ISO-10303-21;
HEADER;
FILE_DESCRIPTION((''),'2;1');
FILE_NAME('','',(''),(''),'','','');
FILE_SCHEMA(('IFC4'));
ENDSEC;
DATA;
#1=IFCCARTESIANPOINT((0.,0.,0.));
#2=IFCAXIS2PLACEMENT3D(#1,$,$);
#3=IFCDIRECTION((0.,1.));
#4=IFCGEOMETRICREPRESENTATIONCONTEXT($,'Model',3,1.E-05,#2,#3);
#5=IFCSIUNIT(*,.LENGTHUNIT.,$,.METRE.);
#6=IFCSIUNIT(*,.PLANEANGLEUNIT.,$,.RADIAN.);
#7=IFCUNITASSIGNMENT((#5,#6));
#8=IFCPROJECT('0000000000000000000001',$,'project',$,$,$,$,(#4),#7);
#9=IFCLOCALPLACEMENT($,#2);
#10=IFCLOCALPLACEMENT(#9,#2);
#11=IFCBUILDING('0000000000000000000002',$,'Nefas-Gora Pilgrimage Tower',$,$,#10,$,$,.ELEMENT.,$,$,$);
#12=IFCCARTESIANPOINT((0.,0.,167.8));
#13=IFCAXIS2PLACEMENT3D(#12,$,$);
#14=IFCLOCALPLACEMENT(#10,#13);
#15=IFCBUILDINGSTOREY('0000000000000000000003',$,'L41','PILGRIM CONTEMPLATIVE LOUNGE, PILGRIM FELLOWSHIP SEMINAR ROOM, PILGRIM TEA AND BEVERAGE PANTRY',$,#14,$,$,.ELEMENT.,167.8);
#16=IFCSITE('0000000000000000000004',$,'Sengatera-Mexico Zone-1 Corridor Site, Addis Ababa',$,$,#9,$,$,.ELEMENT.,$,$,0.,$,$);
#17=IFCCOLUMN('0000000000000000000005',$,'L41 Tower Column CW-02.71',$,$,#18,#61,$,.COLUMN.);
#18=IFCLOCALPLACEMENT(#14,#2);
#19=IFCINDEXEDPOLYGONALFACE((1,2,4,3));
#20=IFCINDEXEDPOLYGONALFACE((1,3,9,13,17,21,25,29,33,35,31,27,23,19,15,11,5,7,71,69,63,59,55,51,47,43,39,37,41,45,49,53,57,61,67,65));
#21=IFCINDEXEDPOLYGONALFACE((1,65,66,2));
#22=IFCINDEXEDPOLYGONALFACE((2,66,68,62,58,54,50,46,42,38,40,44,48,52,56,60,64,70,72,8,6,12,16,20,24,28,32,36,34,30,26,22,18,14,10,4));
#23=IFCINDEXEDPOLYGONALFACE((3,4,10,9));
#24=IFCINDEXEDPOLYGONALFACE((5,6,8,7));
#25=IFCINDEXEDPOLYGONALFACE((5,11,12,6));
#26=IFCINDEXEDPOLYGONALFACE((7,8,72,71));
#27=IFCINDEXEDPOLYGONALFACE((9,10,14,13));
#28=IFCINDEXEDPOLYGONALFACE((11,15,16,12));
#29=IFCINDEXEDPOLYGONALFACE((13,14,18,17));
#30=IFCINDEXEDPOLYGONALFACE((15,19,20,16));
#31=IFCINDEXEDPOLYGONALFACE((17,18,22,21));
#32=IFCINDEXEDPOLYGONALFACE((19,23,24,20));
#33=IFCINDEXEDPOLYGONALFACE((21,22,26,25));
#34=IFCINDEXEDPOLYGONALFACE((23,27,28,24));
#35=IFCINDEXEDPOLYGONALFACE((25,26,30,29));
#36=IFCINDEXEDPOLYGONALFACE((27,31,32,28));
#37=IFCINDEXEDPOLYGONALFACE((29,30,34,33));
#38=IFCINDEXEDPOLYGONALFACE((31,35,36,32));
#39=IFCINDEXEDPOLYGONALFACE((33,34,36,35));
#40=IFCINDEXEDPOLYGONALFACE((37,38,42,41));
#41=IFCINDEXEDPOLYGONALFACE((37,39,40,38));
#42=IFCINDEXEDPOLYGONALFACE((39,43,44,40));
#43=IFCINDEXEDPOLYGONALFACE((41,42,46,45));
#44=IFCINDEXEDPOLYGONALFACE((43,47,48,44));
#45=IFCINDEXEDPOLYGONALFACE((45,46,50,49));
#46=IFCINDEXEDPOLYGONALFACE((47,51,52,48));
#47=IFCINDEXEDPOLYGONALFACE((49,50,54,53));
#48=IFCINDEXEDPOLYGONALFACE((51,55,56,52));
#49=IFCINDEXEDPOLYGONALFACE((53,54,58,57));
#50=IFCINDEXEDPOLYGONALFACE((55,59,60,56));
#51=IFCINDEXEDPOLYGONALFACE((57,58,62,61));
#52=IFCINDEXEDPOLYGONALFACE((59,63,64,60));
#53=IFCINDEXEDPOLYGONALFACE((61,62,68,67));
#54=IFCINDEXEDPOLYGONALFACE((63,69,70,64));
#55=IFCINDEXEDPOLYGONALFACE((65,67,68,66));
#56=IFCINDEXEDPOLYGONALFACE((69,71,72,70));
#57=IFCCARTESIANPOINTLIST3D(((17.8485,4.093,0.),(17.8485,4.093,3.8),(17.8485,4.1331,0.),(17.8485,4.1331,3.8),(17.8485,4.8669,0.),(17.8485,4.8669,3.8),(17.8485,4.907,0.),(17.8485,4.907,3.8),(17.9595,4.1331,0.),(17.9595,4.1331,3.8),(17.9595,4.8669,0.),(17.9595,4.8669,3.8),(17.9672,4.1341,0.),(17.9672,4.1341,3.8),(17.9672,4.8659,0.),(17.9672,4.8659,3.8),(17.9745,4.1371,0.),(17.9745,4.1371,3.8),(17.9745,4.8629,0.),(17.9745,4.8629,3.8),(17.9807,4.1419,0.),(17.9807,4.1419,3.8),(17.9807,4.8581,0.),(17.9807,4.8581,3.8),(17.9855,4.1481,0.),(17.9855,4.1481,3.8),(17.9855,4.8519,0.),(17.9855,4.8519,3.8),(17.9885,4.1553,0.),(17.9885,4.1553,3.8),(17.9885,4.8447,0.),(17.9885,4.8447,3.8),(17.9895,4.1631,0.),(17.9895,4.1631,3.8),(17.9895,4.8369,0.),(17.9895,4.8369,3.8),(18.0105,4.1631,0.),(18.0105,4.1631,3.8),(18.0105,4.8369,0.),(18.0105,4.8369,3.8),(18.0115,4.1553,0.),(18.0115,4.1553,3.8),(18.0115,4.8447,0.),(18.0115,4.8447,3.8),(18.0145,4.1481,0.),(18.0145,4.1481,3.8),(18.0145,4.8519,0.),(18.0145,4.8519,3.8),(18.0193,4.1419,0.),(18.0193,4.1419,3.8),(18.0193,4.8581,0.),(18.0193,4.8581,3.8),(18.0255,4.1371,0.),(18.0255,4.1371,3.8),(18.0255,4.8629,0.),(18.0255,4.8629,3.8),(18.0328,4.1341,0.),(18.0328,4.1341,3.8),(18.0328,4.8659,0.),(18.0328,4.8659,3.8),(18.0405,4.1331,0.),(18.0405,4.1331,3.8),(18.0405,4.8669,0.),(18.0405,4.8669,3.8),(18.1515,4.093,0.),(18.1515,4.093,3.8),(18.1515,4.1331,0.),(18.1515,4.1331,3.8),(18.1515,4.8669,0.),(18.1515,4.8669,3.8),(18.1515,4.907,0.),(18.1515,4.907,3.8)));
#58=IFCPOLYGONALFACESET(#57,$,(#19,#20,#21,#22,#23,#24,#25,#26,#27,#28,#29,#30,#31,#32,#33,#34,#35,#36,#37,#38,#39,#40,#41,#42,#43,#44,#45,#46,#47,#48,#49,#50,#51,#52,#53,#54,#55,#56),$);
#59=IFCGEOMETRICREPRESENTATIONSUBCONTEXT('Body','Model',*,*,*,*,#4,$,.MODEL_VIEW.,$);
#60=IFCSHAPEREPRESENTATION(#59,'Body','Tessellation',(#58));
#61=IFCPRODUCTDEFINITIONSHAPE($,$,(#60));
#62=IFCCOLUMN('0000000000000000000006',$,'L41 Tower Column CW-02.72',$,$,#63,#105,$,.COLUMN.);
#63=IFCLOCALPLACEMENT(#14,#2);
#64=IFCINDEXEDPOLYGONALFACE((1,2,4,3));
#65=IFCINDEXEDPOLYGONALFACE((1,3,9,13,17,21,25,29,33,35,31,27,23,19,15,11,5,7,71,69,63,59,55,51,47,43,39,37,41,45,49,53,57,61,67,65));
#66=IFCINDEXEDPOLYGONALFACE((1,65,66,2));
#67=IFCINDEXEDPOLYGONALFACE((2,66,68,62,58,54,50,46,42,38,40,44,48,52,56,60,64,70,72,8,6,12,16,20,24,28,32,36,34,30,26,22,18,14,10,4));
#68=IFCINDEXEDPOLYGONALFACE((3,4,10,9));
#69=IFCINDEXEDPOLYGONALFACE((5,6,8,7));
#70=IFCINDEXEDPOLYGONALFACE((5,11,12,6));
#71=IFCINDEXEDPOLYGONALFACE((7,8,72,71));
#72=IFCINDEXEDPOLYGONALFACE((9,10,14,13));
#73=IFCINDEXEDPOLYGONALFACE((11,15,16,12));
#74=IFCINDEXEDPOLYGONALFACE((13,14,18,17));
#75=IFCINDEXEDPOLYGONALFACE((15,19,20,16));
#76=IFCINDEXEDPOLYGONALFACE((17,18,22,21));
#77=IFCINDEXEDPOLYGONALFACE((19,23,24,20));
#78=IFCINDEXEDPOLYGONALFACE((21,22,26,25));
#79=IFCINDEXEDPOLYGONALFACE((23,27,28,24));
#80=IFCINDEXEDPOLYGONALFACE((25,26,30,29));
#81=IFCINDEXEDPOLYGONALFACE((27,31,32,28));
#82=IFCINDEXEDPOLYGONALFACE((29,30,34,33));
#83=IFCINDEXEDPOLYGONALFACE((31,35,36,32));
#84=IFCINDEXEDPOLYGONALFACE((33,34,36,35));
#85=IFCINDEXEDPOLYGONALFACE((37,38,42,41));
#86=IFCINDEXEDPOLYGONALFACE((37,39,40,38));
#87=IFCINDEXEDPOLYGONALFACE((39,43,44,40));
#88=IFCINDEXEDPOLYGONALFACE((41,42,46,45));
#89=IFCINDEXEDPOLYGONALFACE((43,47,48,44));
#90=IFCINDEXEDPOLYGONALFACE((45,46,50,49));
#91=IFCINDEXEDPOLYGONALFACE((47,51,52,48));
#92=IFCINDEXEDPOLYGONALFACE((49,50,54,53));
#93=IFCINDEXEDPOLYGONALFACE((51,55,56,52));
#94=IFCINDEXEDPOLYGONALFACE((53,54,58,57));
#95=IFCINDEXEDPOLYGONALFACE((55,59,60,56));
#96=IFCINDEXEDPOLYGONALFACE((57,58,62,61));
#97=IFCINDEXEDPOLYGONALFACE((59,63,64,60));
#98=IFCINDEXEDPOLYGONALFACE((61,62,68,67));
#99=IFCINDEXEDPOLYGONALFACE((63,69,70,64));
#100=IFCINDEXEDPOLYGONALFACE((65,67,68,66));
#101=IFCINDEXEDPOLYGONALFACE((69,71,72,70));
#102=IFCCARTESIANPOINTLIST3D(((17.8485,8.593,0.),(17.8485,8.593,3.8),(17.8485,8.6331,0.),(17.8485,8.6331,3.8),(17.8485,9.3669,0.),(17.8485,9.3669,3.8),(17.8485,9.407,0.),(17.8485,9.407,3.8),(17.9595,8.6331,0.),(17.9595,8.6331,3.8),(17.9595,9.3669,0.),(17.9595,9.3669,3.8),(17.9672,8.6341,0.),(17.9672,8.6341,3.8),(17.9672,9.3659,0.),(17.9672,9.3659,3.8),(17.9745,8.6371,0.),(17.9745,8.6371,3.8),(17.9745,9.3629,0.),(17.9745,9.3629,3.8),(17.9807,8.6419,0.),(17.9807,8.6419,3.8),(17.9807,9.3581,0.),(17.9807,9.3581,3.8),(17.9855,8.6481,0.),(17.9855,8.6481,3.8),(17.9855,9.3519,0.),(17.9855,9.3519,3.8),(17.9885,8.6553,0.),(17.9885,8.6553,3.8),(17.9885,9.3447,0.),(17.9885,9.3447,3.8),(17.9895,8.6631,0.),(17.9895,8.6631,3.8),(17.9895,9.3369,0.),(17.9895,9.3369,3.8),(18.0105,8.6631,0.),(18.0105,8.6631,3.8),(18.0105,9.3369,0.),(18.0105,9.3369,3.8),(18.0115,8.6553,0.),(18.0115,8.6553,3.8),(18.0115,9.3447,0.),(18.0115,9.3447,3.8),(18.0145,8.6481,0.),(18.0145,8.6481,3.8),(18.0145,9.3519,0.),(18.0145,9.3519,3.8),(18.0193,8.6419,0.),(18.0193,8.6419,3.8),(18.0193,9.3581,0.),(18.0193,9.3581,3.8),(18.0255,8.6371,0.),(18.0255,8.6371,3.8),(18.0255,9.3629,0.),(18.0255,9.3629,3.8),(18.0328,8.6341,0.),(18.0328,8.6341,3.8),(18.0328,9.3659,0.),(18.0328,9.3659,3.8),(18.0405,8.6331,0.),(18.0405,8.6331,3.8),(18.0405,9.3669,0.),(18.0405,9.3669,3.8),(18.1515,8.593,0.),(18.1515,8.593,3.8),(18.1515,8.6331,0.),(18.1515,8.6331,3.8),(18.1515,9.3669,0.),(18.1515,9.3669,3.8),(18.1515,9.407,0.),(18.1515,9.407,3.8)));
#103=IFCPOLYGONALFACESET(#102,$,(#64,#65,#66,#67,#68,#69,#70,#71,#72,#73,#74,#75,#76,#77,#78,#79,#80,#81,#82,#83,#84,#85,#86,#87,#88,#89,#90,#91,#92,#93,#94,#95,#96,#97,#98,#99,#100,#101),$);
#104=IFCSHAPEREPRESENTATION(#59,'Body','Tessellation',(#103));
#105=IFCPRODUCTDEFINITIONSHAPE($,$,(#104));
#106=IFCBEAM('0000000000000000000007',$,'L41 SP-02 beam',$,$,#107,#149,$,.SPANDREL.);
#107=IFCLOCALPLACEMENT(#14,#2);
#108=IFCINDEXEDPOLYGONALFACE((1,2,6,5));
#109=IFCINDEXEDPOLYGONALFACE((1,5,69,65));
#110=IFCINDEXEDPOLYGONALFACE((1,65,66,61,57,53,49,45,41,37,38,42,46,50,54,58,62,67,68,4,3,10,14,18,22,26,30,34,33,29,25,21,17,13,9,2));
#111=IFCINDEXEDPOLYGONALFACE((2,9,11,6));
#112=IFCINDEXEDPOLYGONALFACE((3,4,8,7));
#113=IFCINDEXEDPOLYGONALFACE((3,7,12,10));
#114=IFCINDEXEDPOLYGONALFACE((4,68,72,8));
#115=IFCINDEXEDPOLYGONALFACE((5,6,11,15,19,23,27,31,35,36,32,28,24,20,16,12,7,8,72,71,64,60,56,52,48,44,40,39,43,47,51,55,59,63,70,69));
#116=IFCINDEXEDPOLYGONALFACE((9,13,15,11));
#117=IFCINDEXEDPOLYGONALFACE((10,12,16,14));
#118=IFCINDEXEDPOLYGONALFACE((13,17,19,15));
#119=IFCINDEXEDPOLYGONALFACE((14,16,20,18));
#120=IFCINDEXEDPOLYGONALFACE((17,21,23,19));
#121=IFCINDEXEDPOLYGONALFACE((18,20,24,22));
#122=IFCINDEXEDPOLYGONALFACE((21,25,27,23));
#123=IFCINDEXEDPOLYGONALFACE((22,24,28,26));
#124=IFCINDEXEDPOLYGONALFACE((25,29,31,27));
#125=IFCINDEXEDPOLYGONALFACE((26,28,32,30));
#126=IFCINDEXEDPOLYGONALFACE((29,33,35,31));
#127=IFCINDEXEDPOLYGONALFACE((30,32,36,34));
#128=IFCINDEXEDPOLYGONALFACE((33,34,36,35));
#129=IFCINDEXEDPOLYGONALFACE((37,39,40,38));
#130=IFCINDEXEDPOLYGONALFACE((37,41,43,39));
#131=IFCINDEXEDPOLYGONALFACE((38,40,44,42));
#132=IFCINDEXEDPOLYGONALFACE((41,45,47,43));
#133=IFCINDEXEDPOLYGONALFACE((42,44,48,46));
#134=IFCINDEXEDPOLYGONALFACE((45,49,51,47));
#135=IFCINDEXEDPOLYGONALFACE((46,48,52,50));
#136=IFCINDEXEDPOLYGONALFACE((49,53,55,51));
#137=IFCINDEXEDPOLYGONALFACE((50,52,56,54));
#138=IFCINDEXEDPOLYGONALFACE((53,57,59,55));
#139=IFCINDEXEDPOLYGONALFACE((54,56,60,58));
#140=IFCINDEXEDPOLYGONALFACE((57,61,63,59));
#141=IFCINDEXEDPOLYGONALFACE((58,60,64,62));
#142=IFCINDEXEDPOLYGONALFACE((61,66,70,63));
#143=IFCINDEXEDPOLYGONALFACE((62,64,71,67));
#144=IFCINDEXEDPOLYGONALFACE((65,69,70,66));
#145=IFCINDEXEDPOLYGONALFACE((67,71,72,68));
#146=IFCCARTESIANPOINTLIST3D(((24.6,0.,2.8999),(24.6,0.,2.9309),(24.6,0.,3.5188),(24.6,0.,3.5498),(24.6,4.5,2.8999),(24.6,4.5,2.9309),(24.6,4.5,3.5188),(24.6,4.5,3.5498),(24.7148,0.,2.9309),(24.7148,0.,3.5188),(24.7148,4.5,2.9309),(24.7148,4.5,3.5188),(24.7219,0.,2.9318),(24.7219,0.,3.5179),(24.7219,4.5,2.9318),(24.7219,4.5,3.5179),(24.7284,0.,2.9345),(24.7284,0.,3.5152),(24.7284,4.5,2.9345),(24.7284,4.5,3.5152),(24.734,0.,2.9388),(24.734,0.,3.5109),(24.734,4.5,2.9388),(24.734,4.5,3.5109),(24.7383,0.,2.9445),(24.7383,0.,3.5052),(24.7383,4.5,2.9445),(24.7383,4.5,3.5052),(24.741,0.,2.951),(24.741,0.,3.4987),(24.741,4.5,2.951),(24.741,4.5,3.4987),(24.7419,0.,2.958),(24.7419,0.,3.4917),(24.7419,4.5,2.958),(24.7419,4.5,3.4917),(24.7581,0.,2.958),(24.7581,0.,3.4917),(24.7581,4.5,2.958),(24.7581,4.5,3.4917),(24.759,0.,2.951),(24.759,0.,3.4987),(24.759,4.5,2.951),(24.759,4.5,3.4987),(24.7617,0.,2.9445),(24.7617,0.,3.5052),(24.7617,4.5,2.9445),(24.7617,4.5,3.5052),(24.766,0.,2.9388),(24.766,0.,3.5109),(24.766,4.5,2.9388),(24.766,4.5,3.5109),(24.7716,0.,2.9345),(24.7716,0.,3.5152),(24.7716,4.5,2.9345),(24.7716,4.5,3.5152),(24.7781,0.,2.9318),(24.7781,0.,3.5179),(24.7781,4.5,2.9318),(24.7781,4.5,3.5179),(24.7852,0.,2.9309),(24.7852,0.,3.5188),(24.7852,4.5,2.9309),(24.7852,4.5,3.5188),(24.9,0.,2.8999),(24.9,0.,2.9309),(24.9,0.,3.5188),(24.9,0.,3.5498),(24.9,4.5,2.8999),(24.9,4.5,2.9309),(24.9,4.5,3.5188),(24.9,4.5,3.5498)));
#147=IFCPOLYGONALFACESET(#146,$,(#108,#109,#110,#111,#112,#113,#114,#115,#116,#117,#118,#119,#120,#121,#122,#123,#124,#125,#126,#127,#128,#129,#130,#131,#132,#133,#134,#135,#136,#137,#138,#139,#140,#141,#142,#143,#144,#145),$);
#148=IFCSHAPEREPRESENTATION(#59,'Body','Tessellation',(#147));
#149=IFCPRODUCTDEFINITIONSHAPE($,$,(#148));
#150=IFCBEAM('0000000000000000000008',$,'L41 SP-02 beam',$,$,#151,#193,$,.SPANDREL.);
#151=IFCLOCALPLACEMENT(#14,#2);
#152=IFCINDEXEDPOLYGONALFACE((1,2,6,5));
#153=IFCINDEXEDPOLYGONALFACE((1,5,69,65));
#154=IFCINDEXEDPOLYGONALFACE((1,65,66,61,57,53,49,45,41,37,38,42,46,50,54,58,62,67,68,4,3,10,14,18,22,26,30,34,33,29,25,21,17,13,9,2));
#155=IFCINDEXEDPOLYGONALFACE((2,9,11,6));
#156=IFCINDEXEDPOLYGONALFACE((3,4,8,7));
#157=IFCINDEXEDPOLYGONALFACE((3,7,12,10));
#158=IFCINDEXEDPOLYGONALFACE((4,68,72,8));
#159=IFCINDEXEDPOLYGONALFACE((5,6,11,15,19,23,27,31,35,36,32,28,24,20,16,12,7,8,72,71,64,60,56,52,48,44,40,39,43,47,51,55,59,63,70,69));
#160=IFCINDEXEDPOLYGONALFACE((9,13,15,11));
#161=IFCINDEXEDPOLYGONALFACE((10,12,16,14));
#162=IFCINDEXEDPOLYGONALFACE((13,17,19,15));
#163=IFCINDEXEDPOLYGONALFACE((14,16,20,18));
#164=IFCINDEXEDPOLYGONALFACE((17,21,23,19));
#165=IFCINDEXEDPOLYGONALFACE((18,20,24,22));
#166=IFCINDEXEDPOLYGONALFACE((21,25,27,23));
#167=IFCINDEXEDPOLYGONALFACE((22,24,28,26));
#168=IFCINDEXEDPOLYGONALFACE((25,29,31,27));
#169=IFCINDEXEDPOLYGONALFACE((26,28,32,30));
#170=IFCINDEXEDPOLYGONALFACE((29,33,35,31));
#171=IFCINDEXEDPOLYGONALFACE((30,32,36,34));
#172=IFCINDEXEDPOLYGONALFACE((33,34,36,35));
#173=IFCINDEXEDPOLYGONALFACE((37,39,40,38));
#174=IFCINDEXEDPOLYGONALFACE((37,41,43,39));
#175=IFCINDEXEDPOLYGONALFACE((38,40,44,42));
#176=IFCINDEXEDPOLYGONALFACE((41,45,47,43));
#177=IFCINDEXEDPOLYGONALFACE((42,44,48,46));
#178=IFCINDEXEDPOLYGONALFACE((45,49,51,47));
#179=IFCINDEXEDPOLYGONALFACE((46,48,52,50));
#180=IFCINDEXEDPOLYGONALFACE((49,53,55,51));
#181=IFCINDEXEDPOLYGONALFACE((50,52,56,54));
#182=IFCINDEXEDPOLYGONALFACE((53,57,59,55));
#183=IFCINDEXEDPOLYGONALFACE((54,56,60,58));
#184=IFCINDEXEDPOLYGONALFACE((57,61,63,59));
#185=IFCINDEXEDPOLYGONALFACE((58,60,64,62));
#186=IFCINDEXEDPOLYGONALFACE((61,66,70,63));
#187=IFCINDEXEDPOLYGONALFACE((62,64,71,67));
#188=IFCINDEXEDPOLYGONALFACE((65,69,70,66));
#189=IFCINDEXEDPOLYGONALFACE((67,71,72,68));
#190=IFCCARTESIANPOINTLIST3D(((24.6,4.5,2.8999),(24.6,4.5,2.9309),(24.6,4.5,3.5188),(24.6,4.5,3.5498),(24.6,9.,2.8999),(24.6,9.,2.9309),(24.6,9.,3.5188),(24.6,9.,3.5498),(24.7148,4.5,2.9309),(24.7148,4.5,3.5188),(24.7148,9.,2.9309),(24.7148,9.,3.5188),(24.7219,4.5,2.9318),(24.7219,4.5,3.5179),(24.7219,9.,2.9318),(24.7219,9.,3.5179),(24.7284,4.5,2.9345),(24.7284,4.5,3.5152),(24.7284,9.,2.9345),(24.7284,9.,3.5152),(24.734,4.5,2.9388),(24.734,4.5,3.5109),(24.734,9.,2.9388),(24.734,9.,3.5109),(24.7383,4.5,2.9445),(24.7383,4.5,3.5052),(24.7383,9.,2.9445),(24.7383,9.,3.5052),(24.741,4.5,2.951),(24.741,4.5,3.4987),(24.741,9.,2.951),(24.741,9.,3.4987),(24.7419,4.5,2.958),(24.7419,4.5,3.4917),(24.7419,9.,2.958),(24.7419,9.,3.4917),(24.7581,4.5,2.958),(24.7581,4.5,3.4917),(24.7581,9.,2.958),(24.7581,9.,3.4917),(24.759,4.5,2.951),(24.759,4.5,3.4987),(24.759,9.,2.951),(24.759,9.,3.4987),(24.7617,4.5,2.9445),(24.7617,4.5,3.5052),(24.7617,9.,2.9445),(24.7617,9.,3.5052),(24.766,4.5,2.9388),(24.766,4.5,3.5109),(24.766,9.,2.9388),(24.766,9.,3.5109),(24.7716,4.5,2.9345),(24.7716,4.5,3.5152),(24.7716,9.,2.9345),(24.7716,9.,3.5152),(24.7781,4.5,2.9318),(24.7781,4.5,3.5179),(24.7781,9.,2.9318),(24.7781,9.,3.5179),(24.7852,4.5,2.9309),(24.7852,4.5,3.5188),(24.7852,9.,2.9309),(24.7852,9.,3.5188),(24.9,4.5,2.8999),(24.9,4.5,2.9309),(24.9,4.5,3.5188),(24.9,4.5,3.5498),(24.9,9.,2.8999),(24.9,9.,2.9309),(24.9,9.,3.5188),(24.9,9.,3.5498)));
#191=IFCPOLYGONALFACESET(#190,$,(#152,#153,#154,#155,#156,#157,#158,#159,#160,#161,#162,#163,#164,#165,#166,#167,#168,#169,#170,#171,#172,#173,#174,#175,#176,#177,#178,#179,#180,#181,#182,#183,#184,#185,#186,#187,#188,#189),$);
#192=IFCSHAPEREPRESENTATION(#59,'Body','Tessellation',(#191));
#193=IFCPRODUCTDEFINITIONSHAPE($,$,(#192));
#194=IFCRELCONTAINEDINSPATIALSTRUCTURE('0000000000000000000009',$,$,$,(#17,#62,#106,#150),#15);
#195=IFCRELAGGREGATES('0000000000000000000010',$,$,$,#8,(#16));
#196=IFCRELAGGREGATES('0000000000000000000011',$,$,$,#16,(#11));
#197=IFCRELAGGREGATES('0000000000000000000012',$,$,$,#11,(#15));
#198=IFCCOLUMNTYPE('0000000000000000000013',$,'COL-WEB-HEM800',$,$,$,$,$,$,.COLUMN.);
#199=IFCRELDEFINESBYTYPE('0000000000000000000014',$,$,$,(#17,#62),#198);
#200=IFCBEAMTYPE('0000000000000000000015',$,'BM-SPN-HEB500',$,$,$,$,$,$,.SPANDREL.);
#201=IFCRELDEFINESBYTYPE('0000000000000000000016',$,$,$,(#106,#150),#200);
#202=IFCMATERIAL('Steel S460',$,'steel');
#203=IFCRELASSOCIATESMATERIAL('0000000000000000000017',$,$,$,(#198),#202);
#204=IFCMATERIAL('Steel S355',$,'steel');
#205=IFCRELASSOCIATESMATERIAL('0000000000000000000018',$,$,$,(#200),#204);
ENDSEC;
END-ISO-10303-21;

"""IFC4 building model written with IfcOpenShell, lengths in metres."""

from ifc_helpers import new_model, si_unit, direction, frame, origin, origin_2d, place, context, subcontext, project, spatial, i_section, extrude, source, transform, mapped, material, material_profile, profile_set, type_object, element, save


model = new_model("IFC4")

# Units and contexts
model_context = context("Model", 3, precision=1e-05, world=origin(), true_north=direction((0.0, 1.0)))
body_context = subcontext(model_context, "Body", "Model", "MODEL_VIEW")
ifc_project = project(units=[si_unit("LENGTHUNIT", "METRE"), si_unit("PLANEANGLEUNIT", "RADIAN")], contexts=[model_context])

# Site, building, storey
site_placement = place(None, origin())
site = spatial("IfcSite", under=ifc_project, at=site_placement, Name="Sengatera-Mexico Zone-1 Corridor Site, Addis Ababa", CompositionType="ELEMENT", RefElevation=0.0)
building_placement = place(site_placement, origin())
building = spatial("IfcBuilding", under=site, at=building_placement, Name="Nefas-Gora Pilgrimage Tower", CompositionType="ELEMENT")
storey_placement = place(building_placement, frame((0.0, 0.0, 167.8)))
storey = spatial("IfcBuildingStorey", under=building, at=storey_placement, Name="L41", Description="PILGRIM CONTEMPLATIVE LOUNGE, PILGRIM FELLOWSHIP SEMINAR ROOM, PILGRIM TEA AND BEVERAGE PANTRY", CompositionType="ELEMENT", Elevation=167.8)

# Columns
ifc_material_1 = material(Name="Steel S460", Category="steel")
ifc_material_profile_1 = material_profile(ifc_material_1, i_section(OverallWidth=0.303, OverallDepth=0.814, WebThickness=0.021, FlangeThickness=0.04, FilletRadius=0.03, at=origin_2d()), Name="HEM 800")
ifc_profile_set_1 = profile_set([ifc_material_profile_1], Name="Steel S460")
column_type_1 = type_object("IfcColumnType", Name="COL-WEB-HEM800", PredefinedType="COLUMN", material=ifc_profile_set_1)
shared_shape_1 = source(origin(), body_context, "Body", "SweptSolid", [
    extrude(i_section(OverallWidth=0.303, OverallDepth=0.814, WebThickness=0.021, FlangeThickness=0.04, FilletRadius=0.03, at=origin_2d()), origin(), (0.0, 0.0, 1.0), 3.8),
])
for number, where, z_axis, x_axis, name in (
    (1, (18.0, 4.5, 0.0), (0.0, 0.0, 1.0), (1.0, 0.0, 0.0), "L41 Tower Column CW-02.71"),
    (2, (18.0, 9.0, 0.0), (0.0, 0.0, 1.0), (1.0, 0.0, 0.0), "L41 Tower Column CW-02.72"),
):
    element("IfcColumn", number, at=place(storey_placement, frame(where, z_axis=z_axis, x_axis=x_axis)), inside=storey, type_object=column_type_1, Name=name, PredefinedType="COLUMN", context=body_context, shape_type="MappedRepresentation", body=[
        mapped(shared_shape_1, transform((0.0, 0.0, 0.0), x_axis=(1.0, 0.0, 0.0), y_axis=(0.0, 1.0, 0.0), z_axis=(0.0, 0.0, 1.0), scale=1.0)),
    ])

# Beams
ifc_material_2 = material(Name="Steel S355", Category="steel")
ifc_material_profile_2 = material_profile(ifc_material_2, i_section(OverallWidth=0.3, OverallDepth=0.6499, WebThickness=0.0161, FlangeThickness=0.031, FilletRadius=0.0271, at=origin_2d()), Name="HEB 650")
ifc_profile_set_2 = profile_set([ifc_material_profile_2], Name="Steel S355")
beam_type_1 = type_object("IfcBeamType", Name="BM-SPN-HEB500", PredefinedType="SPANDREL", material=ifc_profile_set_2)
shared_shape_2 = source(origin(), body_context, "Body", "SweptSolid", [
    extrude(i_section(OverallWidth=0.3, OverallDepth=0.6499, WebThickness=0.0161, FlangeThickness=0.031, FilletRadius=0.0271, at=origin_2d()), origin(), (0.0, 0.0, 1.0), 4.5),
])
for number, where, z_axis, x_axis, name in (
    (3, (24.75, 0.0, 3.2249), (0.0, 1.0, 0.0), (-1.0, 0.0, 0.0), "L41 SP-02 beam"),
    (4, (24.75, 4.5, 3.2249), (0.0, 1.0, 0.0), (-1.0, 0.0, 0.0), "L41 SP-02 beam"),
):
    element("IfcBeam", number, at=place(storey_placement, frame(where, z_axis=z_axis, x_axis=x_axis)), inside=storey, type_object=beam_type_1, Name=name, PredefinedType="SPANDREL", context=body_context, shape_type="MappedRepresentation", body=[
        mapped(shared_shape_2, transform((0.0, 0.0, 0.0), x_axis=(1.0, 0.0, 0.0), y_axis=(0.0, 1.0, 0.0), z_axis=(0.0, 0.0, 1.0), scale=1.0)),
    ])

save(model, "model.ifc")
